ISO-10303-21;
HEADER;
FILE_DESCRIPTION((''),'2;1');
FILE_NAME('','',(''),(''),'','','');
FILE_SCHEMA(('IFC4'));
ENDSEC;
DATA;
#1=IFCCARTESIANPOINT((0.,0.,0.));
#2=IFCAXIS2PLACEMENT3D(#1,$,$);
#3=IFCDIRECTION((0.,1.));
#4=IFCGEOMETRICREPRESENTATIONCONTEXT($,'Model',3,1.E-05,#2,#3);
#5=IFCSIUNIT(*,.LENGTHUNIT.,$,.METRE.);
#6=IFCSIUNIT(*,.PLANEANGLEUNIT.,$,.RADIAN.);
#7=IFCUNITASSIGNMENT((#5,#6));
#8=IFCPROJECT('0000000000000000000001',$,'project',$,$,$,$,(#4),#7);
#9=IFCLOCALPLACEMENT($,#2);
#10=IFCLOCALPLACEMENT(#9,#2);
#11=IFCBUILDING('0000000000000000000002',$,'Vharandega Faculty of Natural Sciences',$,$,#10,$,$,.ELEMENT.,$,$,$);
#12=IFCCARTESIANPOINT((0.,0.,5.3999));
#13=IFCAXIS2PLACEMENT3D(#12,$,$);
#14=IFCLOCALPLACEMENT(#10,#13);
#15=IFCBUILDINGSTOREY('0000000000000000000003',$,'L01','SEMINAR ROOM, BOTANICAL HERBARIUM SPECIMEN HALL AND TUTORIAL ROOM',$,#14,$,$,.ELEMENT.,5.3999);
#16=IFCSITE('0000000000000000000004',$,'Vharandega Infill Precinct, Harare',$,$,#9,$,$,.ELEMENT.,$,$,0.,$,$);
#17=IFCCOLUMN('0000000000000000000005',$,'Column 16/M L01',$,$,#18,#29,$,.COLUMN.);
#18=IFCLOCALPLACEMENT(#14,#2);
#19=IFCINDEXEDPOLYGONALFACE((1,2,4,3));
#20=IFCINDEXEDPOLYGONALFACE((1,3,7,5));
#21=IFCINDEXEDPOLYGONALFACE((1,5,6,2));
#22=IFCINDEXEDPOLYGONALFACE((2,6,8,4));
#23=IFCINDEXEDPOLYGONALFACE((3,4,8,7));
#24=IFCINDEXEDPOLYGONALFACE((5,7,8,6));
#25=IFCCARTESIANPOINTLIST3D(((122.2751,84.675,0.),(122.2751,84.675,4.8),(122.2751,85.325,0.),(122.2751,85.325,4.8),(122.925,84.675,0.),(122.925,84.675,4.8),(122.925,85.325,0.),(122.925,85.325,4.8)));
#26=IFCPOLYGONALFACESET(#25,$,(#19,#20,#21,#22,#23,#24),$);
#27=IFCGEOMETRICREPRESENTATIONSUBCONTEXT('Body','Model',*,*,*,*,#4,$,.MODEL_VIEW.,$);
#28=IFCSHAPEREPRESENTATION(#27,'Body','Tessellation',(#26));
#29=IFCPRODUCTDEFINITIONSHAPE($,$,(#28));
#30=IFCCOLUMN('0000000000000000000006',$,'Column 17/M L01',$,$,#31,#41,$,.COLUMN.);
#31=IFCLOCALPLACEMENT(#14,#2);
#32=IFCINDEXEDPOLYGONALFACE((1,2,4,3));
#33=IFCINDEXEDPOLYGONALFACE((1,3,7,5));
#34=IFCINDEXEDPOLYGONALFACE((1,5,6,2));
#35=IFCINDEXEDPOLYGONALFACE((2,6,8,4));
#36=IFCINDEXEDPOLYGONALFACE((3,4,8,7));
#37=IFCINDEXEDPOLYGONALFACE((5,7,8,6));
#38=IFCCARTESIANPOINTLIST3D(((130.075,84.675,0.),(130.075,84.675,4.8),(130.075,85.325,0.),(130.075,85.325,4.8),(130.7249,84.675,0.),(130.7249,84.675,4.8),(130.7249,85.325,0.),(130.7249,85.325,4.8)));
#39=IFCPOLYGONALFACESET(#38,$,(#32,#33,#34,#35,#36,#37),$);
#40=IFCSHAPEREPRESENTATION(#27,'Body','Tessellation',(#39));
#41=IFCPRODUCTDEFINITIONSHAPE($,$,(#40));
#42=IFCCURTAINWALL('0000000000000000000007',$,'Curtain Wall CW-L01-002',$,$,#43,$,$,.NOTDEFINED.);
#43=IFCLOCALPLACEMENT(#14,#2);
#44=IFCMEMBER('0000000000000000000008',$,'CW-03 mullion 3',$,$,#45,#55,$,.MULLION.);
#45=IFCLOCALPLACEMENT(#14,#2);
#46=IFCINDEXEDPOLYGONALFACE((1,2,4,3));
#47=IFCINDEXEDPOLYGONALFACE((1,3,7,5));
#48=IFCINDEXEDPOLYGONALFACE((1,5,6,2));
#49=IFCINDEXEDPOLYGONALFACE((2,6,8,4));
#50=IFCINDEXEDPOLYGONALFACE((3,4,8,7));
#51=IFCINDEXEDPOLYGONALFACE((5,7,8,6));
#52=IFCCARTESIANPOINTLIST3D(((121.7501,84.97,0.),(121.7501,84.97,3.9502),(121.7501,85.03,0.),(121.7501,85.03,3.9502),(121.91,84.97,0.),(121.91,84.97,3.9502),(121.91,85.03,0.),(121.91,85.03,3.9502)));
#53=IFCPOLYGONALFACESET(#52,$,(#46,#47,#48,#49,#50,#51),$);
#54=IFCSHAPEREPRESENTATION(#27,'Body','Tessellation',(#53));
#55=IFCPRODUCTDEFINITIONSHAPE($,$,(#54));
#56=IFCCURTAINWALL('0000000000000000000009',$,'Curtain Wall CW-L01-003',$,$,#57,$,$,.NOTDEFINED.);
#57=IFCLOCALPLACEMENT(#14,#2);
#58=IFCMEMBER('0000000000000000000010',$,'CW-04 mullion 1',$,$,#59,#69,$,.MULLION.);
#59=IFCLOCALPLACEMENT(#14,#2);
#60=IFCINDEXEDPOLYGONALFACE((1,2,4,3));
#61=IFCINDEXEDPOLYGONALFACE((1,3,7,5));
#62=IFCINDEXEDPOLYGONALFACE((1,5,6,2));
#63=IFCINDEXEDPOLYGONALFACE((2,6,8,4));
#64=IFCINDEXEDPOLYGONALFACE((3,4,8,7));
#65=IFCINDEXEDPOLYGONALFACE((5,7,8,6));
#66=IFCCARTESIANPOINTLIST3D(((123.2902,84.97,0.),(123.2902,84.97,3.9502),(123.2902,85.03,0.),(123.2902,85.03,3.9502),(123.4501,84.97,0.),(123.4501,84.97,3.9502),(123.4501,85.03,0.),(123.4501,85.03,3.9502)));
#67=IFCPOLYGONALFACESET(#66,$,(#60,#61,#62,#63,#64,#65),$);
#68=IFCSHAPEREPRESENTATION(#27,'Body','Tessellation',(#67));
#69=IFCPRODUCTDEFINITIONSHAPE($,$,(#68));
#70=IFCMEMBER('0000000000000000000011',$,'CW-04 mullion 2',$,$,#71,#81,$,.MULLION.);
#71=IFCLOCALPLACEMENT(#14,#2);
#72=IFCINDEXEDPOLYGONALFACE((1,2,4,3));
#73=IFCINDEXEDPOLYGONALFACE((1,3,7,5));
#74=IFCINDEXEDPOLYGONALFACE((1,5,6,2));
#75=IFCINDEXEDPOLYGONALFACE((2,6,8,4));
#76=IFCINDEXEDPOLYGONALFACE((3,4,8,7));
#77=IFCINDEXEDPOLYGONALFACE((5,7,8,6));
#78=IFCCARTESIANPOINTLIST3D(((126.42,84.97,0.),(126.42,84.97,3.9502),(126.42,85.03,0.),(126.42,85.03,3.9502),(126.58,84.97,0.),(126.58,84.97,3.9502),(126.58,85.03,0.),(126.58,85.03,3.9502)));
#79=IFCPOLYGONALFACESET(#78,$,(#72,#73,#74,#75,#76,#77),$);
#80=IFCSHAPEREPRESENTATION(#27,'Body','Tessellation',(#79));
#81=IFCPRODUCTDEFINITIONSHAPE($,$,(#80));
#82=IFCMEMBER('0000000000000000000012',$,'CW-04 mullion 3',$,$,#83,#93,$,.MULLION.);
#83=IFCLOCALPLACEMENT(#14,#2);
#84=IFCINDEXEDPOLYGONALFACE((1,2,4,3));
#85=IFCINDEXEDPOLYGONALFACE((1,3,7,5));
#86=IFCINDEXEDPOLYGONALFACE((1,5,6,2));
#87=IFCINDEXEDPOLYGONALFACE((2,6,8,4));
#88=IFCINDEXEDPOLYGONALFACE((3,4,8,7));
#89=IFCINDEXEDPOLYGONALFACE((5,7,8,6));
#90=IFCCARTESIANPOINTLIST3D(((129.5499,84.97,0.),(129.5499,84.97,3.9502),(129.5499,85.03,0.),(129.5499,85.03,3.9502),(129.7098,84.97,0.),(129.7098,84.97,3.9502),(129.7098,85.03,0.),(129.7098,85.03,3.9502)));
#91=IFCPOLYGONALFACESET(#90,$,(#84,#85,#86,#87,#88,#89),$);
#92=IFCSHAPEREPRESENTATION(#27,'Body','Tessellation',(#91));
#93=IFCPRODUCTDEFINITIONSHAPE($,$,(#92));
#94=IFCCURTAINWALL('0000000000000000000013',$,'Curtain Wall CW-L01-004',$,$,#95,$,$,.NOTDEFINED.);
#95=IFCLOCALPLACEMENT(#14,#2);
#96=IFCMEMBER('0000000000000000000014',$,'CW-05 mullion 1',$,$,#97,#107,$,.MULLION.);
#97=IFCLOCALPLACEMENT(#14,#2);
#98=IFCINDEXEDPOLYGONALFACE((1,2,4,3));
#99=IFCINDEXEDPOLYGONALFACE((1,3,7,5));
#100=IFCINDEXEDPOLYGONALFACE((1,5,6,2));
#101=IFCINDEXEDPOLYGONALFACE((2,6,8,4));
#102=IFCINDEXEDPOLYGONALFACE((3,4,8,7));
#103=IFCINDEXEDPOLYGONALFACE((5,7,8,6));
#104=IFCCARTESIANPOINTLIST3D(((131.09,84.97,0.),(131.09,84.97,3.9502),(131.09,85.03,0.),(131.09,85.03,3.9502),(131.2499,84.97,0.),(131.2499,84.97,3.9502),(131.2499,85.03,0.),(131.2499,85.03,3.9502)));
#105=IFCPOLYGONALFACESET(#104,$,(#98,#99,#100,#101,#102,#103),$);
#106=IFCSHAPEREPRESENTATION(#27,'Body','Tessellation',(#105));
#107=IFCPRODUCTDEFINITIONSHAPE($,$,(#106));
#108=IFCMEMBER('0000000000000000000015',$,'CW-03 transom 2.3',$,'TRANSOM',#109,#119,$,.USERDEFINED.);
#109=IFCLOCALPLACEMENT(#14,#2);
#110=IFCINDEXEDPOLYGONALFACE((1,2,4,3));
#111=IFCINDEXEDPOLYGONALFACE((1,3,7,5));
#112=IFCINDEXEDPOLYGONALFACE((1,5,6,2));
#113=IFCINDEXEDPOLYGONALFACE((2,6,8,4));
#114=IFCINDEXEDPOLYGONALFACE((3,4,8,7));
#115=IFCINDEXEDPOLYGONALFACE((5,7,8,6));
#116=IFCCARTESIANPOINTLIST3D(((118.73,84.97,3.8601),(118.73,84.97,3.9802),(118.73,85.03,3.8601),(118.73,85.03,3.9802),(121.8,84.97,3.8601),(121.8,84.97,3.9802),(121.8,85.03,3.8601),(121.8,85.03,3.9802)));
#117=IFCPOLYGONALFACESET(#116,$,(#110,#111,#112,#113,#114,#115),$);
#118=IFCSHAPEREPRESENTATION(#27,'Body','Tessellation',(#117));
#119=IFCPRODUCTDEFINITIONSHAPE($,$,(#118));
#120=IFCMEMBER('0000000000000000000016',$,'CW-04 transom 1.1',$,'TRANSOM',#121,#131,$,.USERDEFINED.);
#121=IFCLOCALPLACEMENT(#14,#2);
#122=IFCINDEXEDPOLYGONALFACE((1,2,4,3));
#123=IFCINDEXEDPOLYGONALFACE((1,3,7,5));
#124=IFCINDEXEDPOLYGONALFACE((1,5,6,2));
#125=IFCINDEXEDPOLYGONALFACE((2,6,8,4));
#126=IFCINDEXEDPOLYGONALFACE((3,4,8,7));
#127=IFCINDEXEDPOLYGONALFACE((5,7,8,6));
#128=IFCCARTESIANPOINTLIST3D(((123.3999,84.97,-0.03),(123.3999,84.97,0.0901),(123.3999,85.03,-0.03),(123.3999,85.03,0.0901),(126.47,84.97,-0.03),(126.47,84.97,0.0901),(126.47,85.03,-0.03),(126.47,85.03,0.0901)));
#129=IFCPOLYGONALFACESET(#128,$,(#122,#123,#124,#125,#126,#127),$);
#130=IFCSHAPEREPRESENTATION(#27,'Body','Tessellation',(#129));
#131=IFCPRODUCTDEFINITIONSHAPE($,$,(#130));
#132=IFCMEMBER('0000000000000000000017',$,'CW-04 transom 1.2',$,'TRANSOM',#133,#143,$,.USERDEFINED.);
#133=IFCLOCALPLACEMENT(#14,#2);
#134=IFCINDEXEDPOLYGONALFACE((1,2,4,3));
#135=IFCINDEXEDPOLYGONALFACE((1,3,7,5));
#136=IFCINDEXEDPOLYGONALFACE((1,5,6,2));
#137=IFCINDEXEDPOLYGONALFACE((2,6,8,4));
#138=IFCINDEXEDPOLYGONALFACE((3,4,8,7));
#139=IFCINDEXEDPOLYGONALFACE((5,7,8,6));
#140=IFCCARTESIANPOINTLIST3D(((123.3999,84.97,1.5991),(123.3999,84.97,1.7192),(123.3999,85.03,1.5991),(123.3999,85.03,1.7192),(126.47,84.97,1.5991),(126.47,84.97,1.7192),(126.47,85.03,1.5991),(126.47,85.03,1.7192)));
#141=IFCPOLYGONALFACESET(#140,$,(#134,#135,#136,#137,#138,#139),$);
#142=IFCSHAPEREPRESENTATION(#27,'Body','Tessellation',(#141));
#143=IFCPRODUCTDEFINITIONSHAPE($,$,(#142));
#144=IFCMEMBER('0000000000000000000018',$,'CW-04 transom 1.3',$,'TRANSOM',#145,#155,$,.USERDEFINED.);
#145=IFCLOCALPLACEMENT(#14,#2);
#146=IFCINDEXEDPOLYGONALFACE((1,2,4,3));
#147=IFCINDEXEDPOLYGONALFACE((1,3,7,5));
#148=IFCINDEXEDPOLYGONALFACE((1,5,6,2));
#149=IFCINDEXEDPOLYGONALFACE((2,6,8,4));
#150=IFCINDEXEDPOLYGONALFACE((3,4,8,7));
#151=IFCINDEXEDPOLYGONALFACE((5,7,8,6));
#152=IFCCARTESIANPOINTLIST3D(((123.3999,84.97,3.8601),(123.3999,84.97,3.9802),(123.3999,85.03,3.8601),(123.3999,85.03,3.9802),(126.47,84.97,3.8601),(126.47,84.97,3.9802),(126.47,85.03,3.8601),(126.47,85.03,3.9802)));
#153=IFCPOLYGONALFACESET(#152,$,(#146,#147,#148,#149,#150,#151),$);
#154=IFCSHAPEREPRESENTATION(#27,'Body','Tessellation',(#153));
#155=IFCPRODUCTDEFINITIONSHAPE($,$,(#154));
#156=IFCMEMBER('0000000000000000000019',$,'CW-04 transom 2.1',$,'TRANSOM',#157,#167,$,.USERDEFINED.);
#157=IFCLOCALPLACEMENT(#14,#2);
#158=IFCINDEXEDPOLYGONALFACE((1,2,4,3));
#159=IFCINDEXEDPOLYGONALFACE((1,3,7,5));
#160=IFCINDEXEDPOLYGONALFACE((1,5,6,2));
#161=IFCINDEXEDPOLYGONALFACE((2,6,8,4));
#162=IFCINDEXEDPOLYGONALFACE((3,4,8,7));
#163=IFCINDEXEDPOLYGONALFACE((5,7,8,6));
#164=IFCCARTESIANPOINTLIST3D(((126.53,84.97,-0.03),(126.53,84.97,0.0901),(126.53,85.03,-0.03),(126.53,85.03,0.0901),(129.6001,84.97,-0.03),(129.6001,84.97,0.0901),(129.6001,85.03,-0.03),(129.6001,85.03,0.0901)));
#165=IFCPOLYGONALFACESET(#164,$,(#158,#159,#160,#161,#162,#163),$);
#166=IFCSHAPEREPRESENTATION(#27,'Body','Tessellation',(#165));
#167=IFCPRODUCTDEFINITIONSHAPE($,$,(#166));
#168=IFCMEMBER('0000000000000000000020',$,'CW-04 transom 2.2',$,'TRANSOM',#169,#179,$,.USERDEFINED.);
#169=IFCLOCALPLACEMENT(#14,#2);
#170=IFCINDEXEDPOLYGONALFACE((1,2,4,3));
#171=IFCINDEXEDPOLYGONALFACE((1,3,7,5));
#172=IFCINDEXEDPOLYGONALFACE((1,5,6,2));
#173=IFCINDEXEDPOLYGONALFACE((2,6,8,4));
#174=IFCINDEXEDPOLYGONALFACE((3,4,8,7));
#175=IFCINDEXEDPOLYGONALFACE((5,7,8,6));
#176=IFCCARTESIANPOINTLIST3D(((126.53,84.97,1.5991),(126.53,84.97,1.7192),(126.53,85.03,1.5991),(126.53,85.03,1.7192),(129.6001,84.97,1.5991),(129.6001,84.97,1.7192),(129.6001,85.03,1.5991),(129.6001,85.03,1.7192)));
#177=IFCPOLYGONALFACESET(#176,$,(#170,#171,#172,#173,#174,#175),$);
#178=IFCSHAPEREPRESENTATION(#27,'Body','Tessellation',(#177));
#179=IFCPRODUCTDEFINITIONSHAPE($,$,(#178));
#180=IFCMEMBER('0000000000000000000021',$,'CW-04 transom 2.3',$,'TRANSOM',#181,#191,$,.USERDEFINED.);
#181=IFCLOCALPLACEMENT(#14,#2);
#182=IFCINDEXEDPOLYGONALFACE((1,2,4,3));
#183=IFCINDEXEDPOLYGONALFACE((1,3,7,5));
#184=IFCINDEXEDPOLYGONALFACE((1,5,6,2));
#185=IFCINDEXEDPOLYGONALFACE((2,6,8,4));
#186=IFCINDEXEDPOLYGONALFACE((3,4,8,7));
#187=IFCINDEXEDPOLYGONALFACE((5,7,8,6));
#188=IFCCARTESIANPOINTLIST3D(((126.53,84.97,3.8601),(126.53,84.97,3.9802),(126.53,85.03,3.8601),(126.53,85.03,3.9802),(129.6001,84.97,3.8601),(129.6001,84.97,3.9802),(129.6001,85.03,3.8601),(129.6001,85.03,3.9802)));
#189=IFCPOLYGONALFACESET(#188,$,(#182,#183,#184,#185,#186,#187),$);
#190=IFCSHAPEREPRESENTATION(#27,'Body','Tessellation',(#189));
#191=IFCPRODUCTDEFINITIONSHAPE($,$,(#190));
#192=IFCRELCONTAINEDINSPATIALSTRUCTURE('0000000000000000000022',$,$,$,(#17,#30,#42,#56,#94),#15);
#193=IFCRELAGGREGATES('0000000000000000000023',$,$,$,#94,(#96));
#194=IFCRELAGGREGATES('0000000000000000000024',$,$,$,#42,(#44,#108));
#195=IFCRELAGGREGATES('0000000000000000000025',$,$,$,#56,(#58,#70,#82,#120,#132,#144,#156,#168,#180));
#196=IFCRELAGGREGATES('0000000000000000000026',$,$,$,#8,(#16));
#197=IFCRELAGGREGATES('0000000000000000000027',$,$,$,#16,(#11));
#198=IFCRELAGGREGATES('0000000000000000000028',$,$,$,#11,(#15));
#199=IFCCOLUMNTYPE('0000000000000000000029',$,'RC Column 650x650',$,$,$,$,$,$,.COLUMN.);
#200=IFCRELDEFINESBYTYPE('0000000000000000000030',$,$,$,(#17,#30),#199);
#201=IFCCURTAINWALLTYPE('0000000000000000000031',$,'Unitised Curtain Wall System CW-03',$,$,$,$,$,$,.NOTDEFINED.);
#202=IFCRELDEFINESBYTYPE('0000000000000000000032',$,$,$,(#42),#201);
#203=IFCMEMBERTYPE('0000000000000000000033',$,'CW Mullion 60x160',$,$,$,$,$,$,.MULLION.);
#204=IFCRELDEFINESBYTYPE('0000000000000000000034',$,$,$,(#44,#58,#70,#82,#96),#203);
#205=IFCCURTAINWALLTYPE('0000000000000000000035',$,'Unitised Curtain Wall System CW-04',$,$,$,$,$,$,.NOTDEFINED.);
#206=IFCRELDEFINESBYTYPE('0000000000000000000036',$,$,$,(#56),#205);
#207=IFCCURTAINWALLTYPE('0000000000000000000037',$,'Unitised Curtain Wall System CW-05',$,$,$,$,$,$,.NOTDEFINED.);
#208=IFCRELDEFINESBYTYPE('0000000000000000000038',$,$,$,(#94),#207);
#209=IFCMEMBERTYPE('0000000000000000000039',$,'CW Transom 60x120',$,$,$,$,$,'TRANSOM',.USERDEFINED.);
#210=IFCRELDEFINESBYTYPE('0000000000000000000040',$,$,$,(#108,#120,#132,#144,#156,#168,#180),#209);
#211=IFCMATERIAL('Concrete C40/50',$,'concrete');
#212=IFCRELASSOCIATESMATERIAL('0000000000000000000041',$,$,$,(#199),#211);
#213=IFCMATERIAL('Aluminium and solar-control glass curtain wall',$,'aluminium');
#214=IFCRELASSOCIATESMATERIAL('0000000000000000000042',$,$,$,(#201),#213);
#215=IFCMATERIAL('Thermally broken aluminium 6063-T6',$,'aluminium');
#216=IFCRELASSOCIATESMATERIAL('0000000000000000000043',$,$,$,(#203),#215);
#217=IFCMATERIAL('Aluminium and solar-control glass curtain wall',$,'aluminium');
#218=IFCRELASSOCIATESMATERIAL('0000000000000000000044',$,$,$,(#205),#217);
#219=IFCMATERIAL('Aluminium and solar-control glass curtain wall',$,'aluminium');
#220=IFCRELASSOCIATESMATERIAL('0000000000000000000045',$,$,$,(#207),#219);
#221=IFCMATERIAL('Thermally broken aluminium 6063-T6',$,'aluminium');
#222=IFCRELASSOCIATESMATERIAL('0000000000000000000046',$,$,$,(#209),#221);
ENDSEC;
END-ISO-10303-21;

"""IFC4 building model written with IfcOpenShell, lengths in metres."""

from ifc_helpers import new_model, si_unit, direction, frame, origin, origin_2d, place, context, subcontext, project, spatial, rectangle, extrude, material, material_profile, profile_set, type_object, element, aggregate, save


model = new_model("IFC4")

# Units and contexts
model_context = context("Model", 3, precision=1e-05, world=origin(), true_north=direction((0.0, 1.0)))
body_context = subcontext(model_context, "Body", "Model", "MODEL_VIEW")
ifc_project = project(units=[si_unit("LENGTHUNIT", "METRE"), si_unit("PLANEANGLEUNIT", "RADIAN")], contexts=[model_context])

# Site, building, storey
site_placement = place(None, origin())
site = spatial("IfcSite", under=ifc_project, at=site_placement, Name="Vharandega Infill Precinct, Harare", CompositionType="ELEMENT", RefElevation=0.0)
building_placement = place(site_placement, origin())
building = spatial("IfcBuilding", under=site, at=building_placement, Name="Vharandega Faculty of Natural Sciences", CompositionType="ELEMENT")
storey_placement = place(building_placement, frame((0.0, 0.0, 5.3999)))
storey = spatial("IfcBuildingStorey", under=building, at=storey_placement, Name="L01", Description="SEMINAR ROOM, BOTANICAL HERBARIUM SPECIMEN HALL AND TUTORIAL ROOM", CompositionType="ELEMENT", Elevation=5.3999)

# Columns
ifc_material_1 = material(Name="Concrete C40/50", Category="concrete")
ifc_material_profile_1 = material_profile(ifc_material_1, rectangle(XDim=0.6499, YDim=0.6499, at=origin_2d()), Name="RC 650x650")
ifc_profile_set_1 = profile_set([ifc_material_profile_1], Name="Concrete C40/50")
column_type = type_object("IfcColumnType", Name="RC Column 650x650", PredefinedType="COLUMN", material=ifc_profile_set_1)
for number, where, z_axis, x_axis, name in (
    (1, (122.6001, 85.0, 0.0), (0.0, 0.0, 1.0), (1.0, 0.0, 0.0), "Column 16/M L01"),
    (2, (130.3999, 85.0, 0.0), (0.0, 0.0, 1.0), (1.0, 0.0, 0.0), "Column 17/M L01"),
):
    element("IfcColumn", number, at=place(storey_placement, frame(where, z_axis=z_axis, x_axis=x_axis)), inside=storey, type_object=column_type, Name=name, PredefinedType="COLUMN", context=body_context, shape_type="SweptSolid", body=[
        extrude(rectangle(XDim=0.6499, YDim=0.6499, at=origin_2d()), origin(), (0.0, 0.0, 1.0), 4.8),
    ])

# Curtain wall, member
ifc_material_2 = material(Name="Aluminium and solar-control glass curtain wall", Category="aluminium")
curtain_wall_type_1 = type_object("IfcCurtainWallType", Name="Unitised Curtain Wall System CW-03", PredefinedType="NOTDEFINED", material=ifc_material_2)
curtain_wall_1_placement = place(storey_placement, origin())
curtain_wall_1 = element("IfcCurtainWall", 3, at=curtain_wall_1_placement, inside=storey, type_object=curtain_wall_type_1, Name="Curtain Wall CW-L01-002", PredefinedType="NOTDEFINED")
ifc_material_3 = material(Name="Thermally broken aluminium 6063-T6", Category="aluminium")
ifc_material_profile_2 = material_profile(ifc_material_3, rectangle(XDim=0.0601, YDim=0.1599, at=origin_2d()), Name="ALU 60x160")
ifc_profile_set_2 = profile_set([ifc_material_profile_2], Name="Thermally broken aluminium 6063-T6")
member_type_1 = type_object("IfcMemberType", Name="CW Mullion 60x160", PredefinedType="MULLION", material=ifc_profile_set_2)
member_1_placement = place(storey_placement, frame((121.8301, 85.0, 0.0), z_axis=(0.0, 0.0, 1.0), x_axis=(0.0, 1.0, 0.0)))
member_1 = element("IfcMember", 4, at=member_1_placement, type_object=member_type_1, Name="CW-03 mullion 3", PredefinedType="MULLION", context=body_context, shape_type="SweptSolid", body=[
    extrude(rectangle(XDim=0.0601, YDim=0.1599, at=origin_2d()), origin(), (0.0, 0.0, 1.0), 3.9502),
])

# Curtain wall, members
ifc_material_4 = material(Name="Aluminium and solar-control glass curtain wall", Category="aluminium")
curtain_wall_type_2 = type_object("IfcCurtainWallType", Name="Unitised Curtain Wall System CW-04", PredefinedType="NOTDEFINED", material=ifc_material_4)
curtain_wall_2_placement = place(storey_placement, origin())
curtain_wall_2 = element("IfcCurtainWall", 5, at=curtain_wall_2_placement, inside=storey, type_object=curtain_wall_type_2, Name="Curtain Wall CW-L01-003", PredefinedType="NOTDEFINED")
member_2_placement = place(storey_placement, frame((123.3701, 85.0, 0.0), z_axis=(0.0, 0.0, 1.0), x_axis=(0.0, 1.0, 0.0)))
member_2 = element("IfcMember", 6, at=member_2_placement, type_object=member_type_1, Name="CW-04 mullion 1", PredefinedType="MULLION", context=body_context, shape_type="SweptSolid", body=[
    extrude(rectangle(XDim=0.0601, YDim=0.1599, at=origin_2d()), origin(), (0.0, 0.0, 1.0), 3.9502),
])
member_3_placement = place(storey_placement, frame((126.5, 85.0, 0.0), z_axis=(0.0, 0.0, 1.0), x_axis=(0.0, 1.0, 0.0)))
member_3 = element("IfcMember", 7, at=member_3_placement, type_object=member_type_1, Name="CW-04 mullion 2", PredefinedType="MULLION", context=body_context, shape_type="SweptSolid", body=[
    extrude(rectangle(XDim=0.0601, YDim=0.1599, at=origin_2d()), origin(), (0.0, 0.0, 1.0), 3.9502),
])
member_4_placement = place(storey_placement, frame((129.6299, 85.0, 0.0), z_axis=(0.0, 0.0, 1.0), x_axis=(0.0, 1.0, 0.0)))
member_4 = element("IfcMember", 8, at=member_4_placement, type_object=member_type_1, Name="CW-04 mullion 3", PredefinedType="MULLION", context=body_context, shape_type="SweptSolid", body=[
    extrude(rectangle(XDim=0.0601, YDim=0.1599, at=origin_2d()), origin(), (0.0, 0.0, 1.0), 3.9502),
])

# Curtain wall, member
ifc_material_5 = material(Name="Aluminium and solar-control glass curtain wall", Category="aluminium")
curtain_wall_type_3 = type_object("IfcCurtainWallType", Name="Unitised Curtain Wall System CW-05", PredefinedType="NOTDEFINED", material=ifc_material_5)
curtain_wall_3_placement = place(storey_placement, origin())
curtain_wall_3 = element("IfcCurtainWall", 9, at=curtain_wall_3_placement, inside=storey, type_object=curtain_wall_type_3, Name="Curtain Wall CW-L01-004", PredefinedType="NOTDEFINED")
member_5_placement = place(storey_placement, frame((131.1699, 85.0, 0.0), z_axis=(0.0, 0.0, 1.0), x_axis=(0.0, 1.0, 0.0)))
member_5 = element("IfcMember", 10, at=member_5_placement, type_object=member_type_1, Name="CW-05 mullion 1", PredefinedType="MULLION", context=body_context, shape_type="SweptSolid", body=[
    extrude(rectangle(XDim=0.0601, YDim=0.1599, at=origin_2d()), origin(), (0.0, 0.0, 1.0), 3.9502),
])
aggregate(curtain_wall_3, [member_5])

# Members
ifc_material_6 = material(Name="Thermally broken aluminium 6063-T6", Category="aluminium")
ifc_material_profile_3 = material_profile(ifc_material_6, rectangle(XDim=0.0601, YDim=0.1201, at=origin_2d()), Name="ALU 60x120")
ifc_profile_set_3 = profile_set([ifc_material_profile_3], Name="Thermally broken aluminium 6063-T6")
member_type_2 = type_object("IfcMemberType", Name="CW Transom 60x120", ElementType="TRANSOM", PredefinedType="USERDEFINED", material=ifc_profile_set_3)
member_6_placement = place(storey_placement, frame((118.73, 85.0, 3.9202), z_axis=(1.0, 0.0, 0.0), x_axis=(0.0, 1.0, 0.0)))
member_6 = element("IfcMember", 11, at=member_6_placement, type_object=member_type_2, Name="CW-03 transom 2.3", ObjectType="TRANSOM", PredefinedType="USERDEFINED", context=body_context, shape_type="SweptSolid", body=[
    extrude(rectangle(XDim=0.0601, YDim=0.1201, at=origin_2d()), origin(), (0.0, 0.0, 1.0), 3.0701),
])
member_7_placement = place(storey_placement, frame((123.3999, 85.0, 0.03), z_axis=(1.0, 0.0, 0.0), x_axis=(0.0, 1.0, 0.0)))
member_7 = element("IfcMember", 12, at=member_7_placement, type_object=member_type_2, Name="CW-04 transom 1.1", ObjectType="TRANSOM", PredefinedType="USERDEFINED", context=body_context, shape_type="SweptSolid", body=[
    extrude(rectangle(XDim=0.0601, YDim=0.1201, at=origin_2d()), origin(), (0.0, 0.0, 1.0), 3.0701),
])
member_8_placement = place(storey_placement, frame((123.3999, 85.0, 1.6592), z_axis=(1.0, 0.0, 0.0), x_axis=(0.0, 1.0, 0.0)))
member_8 = element("IfcMember", 13, at=member_8_placement, type_object=member_type_2, Name="CW-04 transom 1.2", ObjectType="TRANSOM", PredefinedType="USERDEFINED", context=body_context, shape_type="SweptSolid", body=[
    extrude(rectangle(XDim=0.0601, YDim=0.1201, at=origin_2d()), origin(), (0.0, 0.0, 1.0), 3.0701),
])
member_9_placement = place(storey_placement, frame((123.3999, 85.0, 3.9202), z_axis=(1.0, 0.0, 0.0), x_axis=(0.0, 1.0, 0.0)))
member_9 = element("IfcMember", 14, at=member_9_placement, type_object=member_type_2, Name="CW-04 transom 1.3", ObjectType="TRANSOM", PredefinedType="USERDEFINED", context=body_context, shape_type="SweptSolid", body=[
    extrude(rectangle(XDim=0.0601, YDim=0.1201, at=origin_2d()), origin(), (0.0, 0.0, 1.0), 3.0701),
])
member_10_placement = place(storey_placement, frame((126.53, 85.0, 0.03), z_axis=(1.0, 0.0, 0.0), x_axis=(0.0, 1.0, 0.0)))
member_10 = element("IfcMember", 15, at=member_10_placement, type_object=member_type_2, Name="CW-04 transom 2.1", ObjectType="TRANSOM", PredefinedType="USERDEFINED", context=body_context, shape_type="SweptSolid", body=[
    extrude(rectangle(XDim=0.0601, YDim=0.1201, at=origin_2d()), origin(), (0.0, 0.0, 1.0), 3.0701),
])
member_11_placement = place(storey_placement, frame((126.53, 85.0, 1.6592), z_axis=(1.0, 0.0, 0.0), x_axis=(0.0, 1.0, 0.0)))
member_11 = element("IfcMember", 16, at=member_11_placement, type_object=member_type_2, Name="CW-04 transom 2.2", ObjectType="TRANSOM", PredefinedType="USERDEFINED", context=body_context, shape_type="SweptSolid", body=[
    extrude(rectangle(XDim=0.0601, YDim=0.1201, at=origin_2d()), origin(), (0.0, 0.0, 1.0), 3.0701),
])
member_12_placement = place(storey_placement, frame((126.53, 85.0, 3.9202), z_axis=(1.0, 0.0, 0.0), x_axis=(0.0, 1.0, 0.0)))
member_12 = element("IfcMember", 17, at=member_12_placement, type_object=member_type_2, Name="CW-04 transom 2.3", ObjectType="TRANSOM", PredefinedType="USERDEFINED", context=body_context, shape_type="SweptSolid", body=[
    extrude(rectangle(XDim=0.0601, YDim=0.1201, at=origin_2d()), origin(), (0.0, 0.0, 1.0), 3.0701),
])

aggregate(curtain_wall_1, [member_1, member_6])
aggregate(curtain_wall_2, [member_2, member_3, member_4, member_7, member_8, member_9, member_10, member_11, member_12])

save(model, "model.ifc")
